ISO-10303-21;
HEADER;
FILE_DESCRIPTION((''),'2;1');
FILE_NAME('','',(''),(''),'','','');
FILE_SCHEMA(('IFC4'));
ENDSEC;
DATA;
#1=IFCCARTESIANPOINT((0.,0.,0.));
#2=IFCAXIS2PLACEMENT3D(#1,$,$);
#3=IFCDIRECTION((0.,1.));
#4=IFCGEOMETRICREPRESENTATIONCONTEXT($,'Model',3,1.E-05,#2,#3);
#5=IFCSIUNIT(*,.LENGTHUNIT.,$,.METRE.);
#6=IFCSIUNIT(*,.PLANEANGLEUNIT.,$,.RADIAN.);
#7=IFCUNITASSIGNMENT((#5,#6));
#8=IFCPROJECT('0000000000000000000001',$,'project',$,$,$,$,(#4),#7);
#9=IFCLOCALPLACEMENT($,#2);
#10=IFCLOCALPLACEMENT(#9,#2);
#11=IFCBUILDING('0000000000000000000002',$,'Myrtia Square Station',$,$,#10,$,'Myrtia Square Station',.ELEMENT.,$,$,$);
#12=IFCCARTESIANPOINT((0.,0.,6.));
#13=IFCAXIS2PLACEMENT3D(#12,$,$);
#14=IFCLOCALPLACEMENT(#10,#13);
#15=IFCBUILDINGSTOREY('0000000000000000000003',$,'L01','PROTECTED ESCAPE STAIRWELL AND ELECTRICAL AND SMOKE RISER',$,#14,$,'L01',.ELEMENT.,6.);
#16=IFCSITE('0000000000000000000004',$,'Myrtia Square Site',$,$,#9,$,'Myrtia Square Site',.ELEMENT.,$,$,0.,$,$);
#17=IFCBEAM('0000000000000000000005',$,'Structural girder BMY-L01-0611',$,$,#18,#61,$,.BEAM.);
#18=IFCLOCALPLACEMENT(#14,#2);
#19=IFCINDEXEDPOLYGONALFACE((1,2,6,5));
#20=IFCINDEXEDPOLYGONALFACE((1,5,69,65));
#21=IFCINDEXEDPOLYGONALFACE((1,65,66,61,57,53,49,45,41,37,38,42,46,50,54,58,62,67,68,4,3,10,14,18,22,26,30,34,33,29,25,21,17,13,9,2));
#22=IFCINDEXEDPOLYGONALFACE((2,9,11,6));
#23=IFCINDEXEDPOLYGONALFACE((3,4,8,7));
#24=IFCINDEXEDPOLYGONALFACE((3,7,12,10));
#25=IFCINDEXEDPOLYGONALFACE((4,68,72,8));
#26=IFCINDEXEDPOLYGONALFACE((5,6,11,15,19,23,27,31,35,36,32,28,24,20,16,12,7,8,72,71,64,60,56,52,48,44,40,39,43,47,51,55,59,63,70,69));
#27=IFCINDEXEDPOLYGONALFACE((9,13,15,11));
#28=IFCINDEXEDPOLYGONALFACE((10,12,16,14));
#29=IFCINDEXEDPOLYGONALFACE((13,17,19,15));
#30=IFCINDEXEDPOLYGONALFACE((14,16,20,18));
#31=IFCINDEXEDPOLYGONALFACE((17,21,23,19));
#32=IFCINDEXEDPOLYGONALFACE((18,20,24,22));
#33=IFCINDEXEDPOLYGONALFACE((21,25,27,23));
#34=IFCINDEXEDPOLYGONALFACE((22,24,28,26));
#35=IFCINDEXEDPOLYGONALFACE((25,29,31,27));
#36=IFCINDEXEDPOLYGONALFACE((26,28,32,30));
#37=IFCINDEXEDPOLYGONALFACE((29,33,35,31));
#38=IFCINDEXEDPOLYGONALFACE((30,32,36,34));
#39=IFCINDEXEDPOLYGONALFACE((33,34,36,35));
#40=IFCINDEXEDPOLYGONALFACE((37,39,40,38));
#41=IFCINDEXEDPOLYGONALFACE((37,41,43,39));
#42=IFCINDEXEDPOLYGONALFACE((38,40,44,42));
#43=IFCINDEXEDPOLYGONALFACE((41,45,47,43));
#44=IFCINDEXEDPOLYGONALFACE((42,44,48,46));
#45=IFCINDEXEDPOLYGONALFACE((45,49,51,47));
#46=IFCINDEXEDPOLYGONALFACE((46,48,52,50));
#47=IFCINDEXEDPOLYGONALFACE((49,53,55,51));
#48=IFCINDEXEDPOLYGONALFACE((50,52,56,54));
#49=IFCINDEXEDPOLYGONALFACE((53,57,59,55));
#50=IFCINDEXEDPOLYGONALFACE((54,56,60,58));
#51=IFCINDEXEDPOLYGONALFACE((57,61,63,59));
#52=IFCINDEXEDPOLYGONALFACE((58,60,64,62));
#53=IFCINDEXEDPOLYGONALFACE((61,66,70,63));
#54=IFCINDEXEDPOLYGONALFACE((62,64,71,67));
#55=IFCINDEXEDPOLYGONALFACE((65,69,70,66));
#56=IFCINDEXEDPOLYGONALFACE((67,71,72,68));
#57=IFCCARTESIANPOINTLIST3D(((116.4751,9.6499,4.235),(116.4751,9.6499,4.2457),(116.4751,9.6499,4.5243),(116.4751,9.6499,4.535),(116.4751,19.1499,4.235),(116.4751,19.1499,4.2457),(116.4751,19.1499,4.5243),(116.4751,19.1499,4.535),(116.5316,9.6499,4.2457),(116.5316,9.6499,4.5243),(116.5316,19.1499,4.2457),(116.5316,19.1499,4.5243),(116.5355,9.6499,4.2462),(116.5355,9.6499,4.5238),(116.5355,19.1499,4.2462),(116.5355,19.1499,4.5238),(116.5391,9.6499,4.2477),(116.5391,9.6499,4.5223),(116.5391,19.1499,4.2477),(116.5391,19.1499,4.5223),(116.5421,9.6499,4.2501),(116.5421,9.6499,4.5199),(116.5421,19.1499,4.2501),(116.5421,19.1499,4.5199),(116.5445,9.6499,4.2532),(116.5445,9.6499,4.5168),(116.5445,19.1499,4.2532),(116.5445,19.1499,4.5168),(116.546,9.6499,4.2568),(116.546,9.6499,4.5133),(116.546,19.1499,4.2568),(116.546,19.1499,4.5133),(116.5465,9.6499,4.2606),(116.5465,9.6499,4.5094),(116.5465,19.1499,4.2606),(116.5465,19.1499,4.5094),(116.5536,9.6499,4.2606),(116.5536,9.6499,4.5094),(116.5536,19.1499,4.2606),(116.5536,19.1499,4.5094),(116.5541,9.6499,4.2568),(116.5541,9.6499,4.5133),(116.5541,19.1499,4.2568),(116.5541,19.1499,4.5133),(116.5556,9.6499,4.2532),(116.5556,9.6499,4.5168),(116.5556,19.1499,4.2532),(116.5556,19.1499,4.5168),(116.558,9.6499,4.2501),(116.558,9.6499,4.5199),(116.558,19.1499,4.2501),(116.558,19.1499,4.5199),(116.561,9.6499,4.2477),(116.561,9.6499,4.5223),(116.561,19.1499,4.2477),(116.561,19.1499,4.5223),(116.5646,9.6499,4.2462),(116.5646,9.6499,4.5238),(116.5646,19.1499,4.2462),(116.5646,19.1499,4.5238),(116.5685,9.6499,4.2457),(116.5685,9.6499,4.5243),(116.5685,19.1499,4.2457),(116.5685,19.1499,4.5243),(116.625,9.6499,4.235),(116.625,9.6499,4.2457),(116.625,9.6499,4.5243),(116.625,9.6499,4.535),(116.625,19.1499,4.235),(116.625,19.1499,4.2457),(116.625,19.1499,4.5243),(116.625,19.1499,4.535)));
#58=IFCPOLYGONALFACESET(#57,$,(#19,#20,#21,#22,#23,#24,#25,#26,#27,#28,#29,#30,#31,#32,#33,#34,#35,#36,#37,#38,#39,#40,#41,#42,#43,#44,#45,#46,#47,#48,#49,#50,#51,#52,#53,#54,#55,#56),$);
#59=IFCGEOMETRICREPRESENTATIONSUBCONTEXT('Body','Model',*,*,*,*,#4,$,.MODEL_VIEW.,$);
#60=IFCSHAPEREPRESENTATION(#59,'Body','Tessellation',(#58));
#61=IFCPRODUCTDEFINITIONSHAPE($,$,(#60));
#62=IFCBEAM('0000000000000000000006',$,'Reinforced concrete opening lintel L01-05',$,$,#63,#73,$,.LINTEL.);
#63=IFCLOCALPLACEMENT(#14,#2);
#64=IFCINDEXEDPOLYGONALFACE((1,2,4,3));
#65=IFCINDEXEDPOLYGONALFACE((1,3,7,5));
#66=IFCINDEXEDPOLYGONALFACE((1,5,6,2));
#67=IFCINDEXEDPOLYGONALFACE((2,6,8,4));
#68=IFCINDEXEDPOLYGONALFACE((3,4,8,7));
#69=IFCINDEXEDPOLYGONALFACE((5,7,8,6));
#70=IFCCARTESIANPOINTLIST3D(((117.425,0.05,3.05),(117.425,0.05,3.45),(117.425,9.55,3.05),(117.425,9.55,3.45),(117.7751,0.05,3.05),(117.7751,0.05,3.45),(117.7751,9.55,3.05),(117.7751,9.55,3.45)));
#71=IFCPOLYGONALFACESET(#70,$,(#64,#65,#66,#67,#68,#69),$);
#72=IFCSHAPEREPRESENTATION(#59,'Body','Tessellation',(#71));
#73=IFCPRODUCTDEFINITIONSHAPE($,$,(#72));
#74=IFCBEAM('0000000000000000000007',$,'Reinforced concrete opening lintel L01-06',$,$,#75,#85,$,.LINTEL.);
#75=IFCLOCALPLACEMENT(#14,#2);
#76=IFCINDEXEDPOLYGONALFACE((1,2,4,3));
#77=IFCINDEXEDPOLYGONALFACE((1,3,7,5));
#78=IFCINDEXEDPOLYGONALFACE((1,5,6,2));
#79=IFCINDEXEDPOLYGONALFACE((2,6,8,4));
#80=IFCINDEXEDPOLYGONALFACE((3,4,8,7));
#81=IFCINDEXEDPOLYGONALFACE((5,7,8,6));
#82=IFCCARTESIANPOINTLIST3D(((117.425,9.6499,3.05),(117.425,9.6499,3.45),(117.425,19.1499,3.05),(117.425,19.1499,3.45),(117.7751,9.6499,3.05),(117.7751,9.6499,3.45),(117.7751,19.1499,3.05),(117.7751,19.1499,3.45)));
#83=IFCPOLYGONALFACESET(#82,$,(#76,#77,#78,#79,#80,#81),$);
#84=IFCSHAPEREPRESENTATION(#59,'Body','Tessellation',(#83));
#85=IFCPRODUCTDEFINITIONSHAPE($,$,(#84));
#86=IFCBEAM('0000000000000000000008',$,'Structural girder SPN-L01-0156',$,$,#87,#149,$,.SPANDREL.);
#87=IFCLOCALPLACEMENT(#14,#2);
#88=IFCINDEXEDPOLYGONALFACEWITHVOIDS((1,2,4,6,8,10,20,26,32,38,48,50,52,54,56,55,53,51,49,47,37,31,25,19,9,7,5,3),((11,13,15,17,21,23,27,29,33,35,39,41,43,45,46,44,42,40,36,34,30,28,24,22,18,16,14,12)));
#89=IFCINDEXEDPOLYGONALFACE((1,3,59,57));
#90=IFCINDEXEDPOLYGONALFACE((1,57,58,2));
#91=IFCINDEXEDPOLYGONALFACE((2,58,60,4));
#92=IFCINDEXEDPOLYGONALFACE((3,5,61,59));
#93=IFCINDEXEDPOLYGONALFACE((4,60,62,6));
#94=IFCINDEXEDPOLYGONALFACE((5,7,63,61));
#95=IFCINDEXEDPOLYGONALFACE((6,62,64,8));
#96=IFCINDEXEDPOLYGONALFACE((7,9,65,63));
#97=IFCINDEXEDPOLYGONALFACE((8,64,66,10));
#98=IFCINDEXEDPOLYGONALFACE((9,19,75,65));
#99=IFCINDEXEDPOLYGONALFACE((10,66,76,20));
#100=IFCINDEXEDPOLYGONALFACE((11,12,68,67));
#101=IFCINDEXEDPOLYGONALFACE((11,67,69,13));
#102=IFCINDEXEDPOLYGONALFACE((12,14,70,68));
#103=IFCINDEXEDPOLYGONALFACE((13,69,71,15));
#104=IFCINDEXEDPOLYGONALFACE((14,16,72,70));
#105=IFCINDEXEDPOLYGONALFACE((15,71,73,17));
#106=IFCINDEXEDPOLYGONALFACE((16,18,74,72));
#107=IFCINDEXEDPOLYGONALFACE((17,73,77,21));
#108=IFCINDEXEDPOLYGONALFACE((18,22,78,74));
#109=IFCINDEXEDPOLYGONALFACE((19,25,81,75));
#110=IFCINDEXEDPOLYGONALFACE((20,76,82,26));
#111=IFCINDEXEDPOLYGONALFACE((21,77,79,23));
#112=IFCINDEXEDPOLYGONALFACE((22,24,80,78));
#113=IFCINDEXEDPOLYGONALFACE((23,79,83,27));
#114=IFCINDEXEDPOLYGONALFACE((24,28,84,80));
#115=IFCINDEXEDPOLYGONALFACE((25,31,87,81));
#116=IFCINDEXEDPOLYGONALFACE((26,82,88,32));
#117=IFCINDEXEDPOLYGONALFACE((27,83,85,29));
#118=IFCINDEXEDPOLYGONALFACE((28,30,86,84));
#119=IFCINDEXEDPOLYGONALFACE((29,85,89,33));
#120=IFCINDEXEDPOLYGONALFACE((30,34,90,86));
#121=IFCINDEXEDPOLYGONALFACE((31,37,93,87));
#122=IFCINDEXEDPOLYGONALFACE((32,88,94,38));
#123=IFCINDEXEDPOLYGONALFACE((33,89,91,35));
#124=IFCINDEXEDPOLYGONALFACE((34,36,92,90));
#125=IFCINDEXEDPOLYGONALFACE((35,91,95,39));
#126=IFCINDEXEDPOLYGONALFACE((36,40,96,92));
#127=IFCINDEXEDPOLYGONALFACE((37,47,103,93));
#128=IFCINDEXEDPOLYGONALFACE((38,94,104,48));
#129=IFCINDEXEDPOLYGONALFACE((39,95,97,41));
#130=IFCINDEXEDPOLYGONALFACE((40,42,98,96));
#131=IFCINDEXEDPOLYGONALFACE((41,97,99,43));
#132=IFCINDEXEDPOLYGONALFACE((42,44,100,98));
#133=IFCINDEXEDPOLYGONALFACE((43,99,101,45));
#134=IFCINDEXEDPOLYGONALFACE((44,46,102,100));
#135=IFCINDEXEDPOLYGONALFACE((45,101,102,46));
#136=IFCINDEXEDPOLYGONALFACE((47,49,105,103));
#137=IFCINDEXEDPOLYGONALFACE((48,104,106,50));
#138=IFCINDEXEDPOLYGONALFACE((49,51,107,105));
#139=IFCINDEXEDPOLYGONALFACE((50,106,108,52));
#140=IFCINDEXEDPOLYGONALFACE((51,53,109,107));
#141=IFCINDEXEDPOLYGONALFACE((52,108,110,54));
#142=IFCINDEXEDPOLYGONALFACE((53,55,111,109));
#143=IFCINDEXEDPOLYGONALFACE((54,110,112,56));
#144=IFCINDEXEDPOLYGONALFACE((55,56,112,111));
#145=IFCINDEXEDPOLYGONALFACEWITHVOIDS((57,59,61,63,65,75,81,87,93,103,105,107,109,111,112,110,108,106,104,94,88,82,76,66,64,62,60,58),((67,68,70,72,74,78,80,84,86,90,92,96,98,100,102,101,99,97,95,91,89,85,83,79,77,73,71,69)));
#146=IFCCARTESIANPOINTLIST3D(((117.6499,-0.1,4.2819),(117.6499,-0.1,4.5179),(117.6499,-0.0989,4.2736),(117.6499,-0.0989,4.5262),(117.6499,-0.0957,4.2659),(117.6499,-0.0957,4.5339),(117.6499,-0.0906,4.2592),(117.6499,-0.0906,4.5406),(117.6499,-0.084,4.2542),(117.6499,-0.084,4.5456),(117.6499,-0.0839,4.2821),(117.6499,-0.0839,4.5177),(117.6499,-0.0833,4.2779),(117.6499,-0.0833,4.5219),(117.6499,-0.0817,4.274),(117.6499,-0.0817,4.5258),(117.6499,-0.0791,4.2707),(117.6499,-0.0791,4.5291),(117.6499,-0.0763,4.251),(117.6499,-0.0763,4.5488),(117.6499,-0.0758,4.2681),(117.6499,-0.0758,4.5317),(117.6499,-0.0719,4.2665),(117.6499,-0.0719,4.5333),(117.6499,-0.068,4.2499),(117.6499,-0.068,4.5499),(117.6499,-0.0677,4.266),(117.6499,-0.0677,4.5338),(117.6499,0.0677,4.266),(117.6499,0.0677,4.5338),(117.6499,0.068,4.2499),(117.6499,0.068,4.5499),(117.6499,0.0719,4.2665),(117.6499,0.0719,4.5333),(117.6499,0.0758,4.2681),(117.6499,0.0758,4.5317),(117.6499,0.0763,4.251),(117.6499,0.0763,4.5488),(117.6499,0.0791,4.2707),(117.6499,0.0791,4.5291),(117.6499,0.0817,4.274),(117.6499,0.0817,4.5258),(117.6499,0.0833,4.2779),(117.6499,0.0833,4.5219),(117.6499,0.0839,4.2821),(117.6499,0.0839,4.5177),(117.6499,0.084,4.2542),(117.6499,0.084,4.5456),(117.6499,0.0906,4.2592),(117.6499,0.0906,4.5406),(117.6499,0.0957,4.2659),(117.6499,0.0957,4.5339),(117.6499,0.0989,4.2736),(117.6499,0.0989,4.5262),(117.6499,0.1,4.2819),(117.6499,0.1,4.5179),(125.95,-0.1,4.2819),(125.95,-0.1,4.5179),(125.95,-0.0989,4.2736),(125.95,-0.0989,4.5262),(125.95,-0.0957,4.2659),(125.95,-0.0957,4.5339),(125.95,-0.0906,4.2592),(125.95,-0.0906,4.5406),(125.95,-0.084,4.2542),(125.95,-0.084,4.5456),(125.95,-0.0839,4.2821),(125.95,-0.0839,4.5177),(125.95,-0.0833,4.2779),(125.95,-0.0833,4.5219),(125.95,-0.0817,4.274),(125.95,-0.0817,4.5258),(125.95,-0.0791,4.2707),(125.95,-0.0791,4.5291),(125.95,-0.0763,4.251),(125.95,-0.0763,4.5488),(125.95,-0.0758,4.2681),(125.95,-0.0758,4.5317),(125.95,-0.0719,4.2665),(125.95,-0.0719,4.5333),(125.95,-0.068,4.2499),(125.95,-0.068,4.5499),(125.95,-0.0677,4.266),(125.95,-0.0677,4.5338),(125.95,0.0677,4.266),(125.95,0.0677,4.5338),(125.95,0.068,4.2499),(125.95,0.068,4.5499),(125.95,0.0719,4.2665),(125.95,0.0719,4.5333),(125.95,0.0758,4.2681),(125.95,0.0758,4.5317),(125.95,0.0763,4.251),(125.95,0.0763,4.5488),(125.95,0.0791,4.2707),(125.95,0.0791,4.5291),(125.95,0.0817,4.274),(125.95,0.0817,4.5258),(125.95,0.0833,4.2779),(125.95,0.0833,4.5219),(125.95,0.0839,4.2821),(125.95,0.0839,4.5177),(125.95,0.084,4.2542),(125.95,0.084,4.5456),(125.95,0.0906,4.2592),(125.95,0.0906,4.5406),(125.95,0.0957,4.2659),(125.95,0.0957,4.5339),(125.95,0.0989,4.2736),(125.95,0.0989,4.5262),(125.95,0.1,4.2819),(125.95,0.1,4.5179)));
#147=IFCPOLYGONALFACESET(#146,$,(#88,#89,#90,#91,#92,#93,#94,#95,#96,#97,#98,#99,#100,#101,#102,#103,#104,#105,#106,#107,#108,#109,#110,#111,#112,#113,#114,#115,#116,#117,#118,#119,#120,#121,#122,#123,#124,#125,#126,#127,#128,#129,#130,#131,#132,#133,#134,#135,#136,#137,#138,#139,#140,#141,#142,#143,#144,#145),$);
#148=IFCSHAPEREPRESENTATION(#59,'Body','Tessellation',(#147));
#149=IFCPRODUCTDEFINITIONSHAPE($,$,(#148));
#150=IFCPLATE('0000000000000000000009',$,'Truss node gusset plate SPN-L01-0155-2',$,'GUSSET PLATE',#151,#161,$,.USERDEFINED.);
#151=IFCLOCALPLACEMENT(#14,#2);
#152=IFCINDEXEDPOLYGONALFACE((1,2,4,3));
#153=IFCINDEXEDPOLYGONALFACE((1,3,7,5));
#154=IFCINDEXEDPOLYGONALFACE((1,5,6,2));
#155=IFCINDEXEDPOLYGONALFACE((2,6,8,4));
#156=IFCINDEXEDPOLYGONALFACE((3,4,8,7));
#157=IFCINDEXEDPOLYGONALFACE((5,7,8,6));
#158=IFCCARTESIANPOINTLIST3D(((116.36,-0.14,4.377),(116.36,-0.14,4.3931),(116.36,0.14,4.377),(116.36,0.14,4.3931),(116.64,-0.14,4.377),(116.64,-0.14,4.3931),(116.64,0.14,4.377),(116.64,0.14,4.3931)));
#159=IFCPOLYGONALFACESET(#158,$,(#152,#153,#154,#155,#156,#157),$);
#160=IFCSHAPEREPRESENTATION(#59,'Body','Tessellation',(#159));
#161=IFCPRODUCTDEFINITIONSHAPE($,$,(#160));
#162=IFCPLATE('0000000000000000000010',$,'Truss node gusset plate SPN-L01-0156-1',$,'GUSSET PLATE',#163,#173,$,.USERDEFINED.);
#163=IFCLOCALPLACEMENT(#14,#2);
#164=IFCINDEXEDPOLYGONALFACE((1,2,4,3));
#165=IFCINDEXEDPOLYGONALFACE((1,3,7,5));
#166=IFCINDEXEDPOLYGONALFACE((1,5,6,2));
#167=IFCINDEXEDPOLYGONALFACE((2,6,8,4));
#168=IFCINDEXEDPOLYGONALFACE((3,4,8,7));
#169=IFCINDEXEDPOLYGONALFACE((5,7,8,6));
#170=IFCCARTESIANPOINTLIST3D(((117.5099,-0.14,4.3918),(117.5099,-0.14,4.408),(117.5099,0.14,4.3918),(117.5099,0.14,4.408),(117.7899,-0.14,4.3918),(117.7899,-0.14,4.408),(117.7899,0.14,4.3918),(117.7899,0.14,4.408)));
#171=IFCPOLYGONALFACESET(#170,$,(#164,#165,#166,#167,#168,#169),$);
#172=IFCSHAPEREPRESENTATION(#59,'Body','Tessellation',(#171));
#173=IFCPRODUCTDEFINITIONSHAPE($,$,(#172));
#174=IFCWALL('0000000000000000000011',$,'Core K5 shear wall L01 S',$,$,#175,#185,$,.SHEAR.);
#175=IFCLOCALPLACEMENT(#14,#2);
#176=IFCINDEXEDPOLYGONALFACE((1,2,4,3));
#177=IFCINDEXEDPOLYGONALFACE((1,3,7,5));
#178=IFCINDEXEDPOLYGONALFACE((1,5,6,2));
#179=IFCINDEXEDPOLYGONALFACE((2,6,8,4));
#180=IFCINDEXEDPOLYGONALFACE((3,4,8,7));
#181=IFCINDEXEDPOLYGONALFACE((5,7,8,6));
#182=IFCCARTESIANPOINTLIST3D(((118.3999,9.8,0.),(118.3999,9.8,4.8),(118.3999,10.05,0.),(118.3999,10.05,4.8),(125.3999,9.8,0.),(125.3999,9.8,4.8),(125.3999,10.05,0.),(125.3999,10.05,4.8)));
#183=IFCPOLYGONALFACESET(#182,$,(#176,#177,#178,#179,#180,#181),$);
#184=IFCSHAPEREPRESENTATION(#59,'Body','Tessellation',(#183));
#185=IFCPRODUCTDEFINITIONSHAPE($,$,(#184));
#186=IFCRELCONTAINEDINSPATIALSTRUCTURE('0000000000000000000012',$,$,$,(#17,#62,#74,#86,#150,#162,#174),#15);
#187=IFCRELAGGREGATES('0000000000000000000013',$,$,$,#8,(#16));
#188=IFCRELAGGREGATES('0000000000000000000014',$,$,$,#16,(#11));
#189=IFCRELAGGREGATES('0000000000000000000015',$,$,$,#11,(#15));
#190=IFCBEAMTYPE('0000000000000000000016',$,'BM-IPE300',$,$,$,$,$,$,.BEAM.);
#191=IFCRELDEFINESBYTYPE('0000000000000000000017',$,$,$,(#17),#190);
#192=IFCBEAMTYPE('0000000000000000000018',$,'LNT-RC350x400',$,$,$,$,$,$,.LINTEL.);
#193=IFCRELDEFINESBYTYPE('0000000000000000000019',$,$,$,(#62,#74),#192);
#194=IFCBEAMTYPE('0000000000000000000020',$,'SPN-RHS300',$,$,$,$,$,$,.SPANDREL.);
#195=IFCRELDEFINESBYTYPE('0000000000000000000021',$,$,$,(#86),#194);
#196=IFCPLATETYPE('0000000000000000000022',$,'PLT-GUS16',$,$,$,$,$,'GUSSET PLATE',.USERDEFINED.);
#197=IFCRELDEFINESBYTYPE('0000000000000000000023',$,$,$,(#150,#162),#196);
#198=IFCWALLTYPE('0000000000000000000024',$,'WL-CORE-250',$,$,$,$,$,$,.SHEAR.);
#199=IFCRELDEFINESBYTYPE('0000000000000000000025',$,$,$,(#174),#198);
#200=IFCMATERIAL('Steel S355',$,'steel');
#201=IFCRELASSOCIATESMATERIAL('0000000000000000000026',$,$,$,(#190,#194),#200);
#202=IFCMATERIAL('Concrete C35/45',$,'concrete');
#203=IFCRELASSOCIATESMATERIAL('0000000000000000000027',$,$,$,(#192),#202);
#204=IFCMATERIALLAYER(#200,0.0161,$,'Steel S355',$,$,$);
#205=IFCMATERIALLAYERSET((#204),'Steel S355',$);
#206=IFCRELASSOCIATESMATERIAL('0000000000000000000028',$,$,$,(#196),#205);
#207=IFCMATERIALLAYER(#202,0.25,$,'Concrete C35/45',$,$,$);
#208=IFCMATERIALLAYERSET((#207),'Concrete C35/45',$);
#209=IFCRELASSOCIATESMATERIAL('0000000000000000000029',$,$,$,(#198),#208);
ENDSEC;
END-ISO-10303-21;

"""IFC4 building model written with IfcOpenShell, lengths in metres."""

from ifc_helpers import new_model, si_unit, direction, frame, frame_2d, origin, origin_2d, place, context, subcontext, project, spatial, rectangle, hollow_rectangle, i_section, extrude, material, layer, layer_set, material_profile, profile_set, type_object, element, save


model = new_model("IFC4")

# Units and contexts
model_context = context("Model", 3, precision=1e-05, world=origin(), true_north=direction((0.0, 1.0)))
body_context = subcontext(model_context, "Body", "Model", "MODEL_VIEW")
ifc_project = project(units=[si_unit("LENGTHUNIT", "METRE"), si_unit("PLANEANGLEUNIT", "RADIAN")], contexts=[model_context])

# Site, building, storey
site_placement = place(None, origin())
site = spatial("IfcSite", under=ifc_project, at=site_placement, Name="Myrtia Square Site", LongName="Myrtia Square Site", CompositionType="ELEMENT", RefElevation=0.0)
building_placement = place(site_placement, origin())
building = spatial("IfcBuilding", under=site, at=building_placement, Name="Myrtia Square Station", LongName="Myrtia Square Station", CompositionType="ELEMENT")
storey_placement = place(building_placement, frame((0.0, 0.0, 6.0)))
storey = spatial("IfcBuildingStorey", under=building, at=storey_placement, Name="L01", Description="PROTECTED ESCAPE STAIRWELL AND ELECTRICAL AND SMOKE RISER", LongName="L01", CompositionType="ELEMENT", Elevation=6.0)

# Shared definitions
ifc_material_1 = material(Name="Steel S355", Category="steel")

# Beams
ifc_material_profile_1 = material_profile(ifc_material_1, i_section(OverallWidth=0.1499, OverallDepth=0.3, WebThickness=0.0071, FlangeThickness=0.0107, FilletRadius=0.0149, at=origin_2d()), Name="IPE 300")
ifc_profile_set_1 = profile_set([ifc_material_profile_1], Name="Steel S355")
beam_type_1 = type_object("IfcBeamType", Name="BM-IPE300", PredefinedType="BEAM", material=ifc_profile_set_1)
for number, where, z_axis, x_axis, name in (
    (1, (116.55, 9.6499, 4.385), (0.0, 1.0, 0.0), (-1.0, 0.0, 0.0), "Structural girder BMY-L01-0611"),
):
    element("IfcBeam", number, at=place(storey_placement, frame(where, z_axis=z_axis, x_axis=x_axis)), inside=storey, type_object=beam_type_1, Name=name, PredefinedType="BEAM", context=body_context, shape_type="SweptSolid", body=[
        extrude(i_section(OverallWidth=0.1499, OverallDepth=0.3, WebThickness=0.0071, FlangeThickness=0.0107, FilletRadius=0.0149, at=origin_2d()), origin(), (0.0, 0.0, 1.0), 9.5),
    ])
ifc_material_2 = material(Name="Concrete C35/45", Category="concrete")
ifc_material_profile_2 = material_profile(ifc_material_2, rectangle(XDim=0.3501, YDim=0.3999, at=origin_2d()), Name="LNT 350x400")
ifc_profile_set_2 = profile_set([ifc_material_profile_2], Name="Concrete C35/45")
beam_type_2 = type_object("IfcBeamType", Name="LNT-RC350x400", PredefinedType="LINTEL", material=ifc_profile_set_2)
for number, where, z_axis, x_axis, name in (
    (2, (117.6001, 0.05, 3.25), (0.0, 1.0, 0.0), (-1.0, 0.0, 0.0), "Reinforced concrete opening lintel L01-05"),
    (3, (117.6001, 9.6499, 3.25), (0.0, 1.0, 0.0), (-1.0, 0.0, 0.0), "Reinforced concrete opening lintel L01-06"),
):
    element("IfcBeam", number, at=place(storey_placement, frame(where, z_axis=z_axis, x_axis=x_axis)), inside=storey, type_object=beam_type_2, Name=name, PredefinedType="LINTEL", context=body_context, shape_type="SweptSolid", body=[
        extrude(rectangle(XDim=0.3501, YDim=0.3999, at=origin_2d()), origin(), (0.0, 0.0, 1.0), 9.5),
    ])
ifc_material_profile_3 = material_profile(ifc_material_1, hollow_rectangle(XDim=0.2, YDim=0.3, WallThickness=0.0161, InnerFilletRadius=0.0161, OuterFilletRadius=0.032, at=origin_2d()), Name="RHS 300x200x16")
ifc_profile_set_3 = profile_set([ifc_material_profile_3], Name="Steel S355")
beam_type_3 = type_object("IfcBeamType", Name="SPN-RHS300", PredefinedType="SPANDREL", material=ifc_profile_set_3)
beam_1_placement = place(storey_placement, frame((117.6499, 0.0, 4.3999), z_axis=(1.0, 0.0, 0.0), x_axis=(0.0, 1.0, 0.0)))
element("IfcBeam", 4, at=beam_1_placement, inside=storey, type_object=beam_type_3, Name="Structural girder SPN-L01-0156", PredefinedType="SPANDREL", context=body_context, shape_type="SweptSolid", body=[
    extrude(hollow_rectangle(XDim=0.2, YDim=0.3, WallThickness=0.0161, InnerFilletRadius=0.0161, OuterFilletRadius=0.032, at=origin_2d()), origin(), (0.0, 0.0, 1.0), 8.3),
])

# Plates
ifc_layer_1 = layer(ifc_material_1, 0.0161, Name="Steel S355")
ifc_layer_set_1 = layer_set([ifc_layer_1], Name="Steel S355")
plate_type = type_object("IfcPlateType", Name="PLT-GUS16", ElementType="GUSSET PLATE", PredefinedType="USERDEFINED", material=ifc_layer_set_1)
for number, where, z_axis, x_axis, name in (
    (5, (116.5, 0.0, 4.377), (0.0, 0.0, 1.0), (1.0, 0.0, 0.0), "Truss node gusset plate SPN-L01-0155-2"),
    (6, (117.6499, 0.0, 4.3918), (0.0, 0.0, 1.0), (1.0, 0.0, 0.0), "Truss node gusset plate SPN-L01-0156-1"),
):
    element("IfcPlate", number, at=place(storey_placement, frame(where, z_axis=z_axis, x_axis=x_axis)), inside=storey, type_object=plate_type, Name=name, ObjectType="GUSSET PLATE", PredefinedType="USERDEFINED", context=body_context, shape_type="SweptSolid", body=[
        extrude(rectangle(XDim=0.28, YDim=0.28, at=origin_2d()), origin(), (0.0, 0.0, 1.0), 0.0161),
    ])

# Wall
ifc_layer_2 = layer(ifc_material_2, 0.25, Name="Concrete C35/45")
ifc_layer_set_2 = layer_set([ifc_layer_2], Name="Concrete C35/45")
wall_type_1 = type_object("IfcWallType", Name="WL-CORE-250", PredefinedType="SHEAR", material=ifc_layer_set_2)
wall_1_placement = place(storey_placement, frame((118.3999, 9.925, 0.0), z_axis=(0.0, 0.0, 1.0), x_axis=(1.0, 0.0, 0.0)))
element("IfcWall", 7, at=wall_1_placement, inside=storey, type_object=wall_type_1, Name="Core K5 shear wall L01 S", PredefinedType="SHEAR", context=body_context, shape_type="SweptSolid", body=[
    extrude(rectangle(XDim=7.0, YDim=0.25, at=frame_2d((3.5, 0.0))), origin(), (0.0, 0.0, 1.0), 4.8),
])

save(model, "model.ifc")
